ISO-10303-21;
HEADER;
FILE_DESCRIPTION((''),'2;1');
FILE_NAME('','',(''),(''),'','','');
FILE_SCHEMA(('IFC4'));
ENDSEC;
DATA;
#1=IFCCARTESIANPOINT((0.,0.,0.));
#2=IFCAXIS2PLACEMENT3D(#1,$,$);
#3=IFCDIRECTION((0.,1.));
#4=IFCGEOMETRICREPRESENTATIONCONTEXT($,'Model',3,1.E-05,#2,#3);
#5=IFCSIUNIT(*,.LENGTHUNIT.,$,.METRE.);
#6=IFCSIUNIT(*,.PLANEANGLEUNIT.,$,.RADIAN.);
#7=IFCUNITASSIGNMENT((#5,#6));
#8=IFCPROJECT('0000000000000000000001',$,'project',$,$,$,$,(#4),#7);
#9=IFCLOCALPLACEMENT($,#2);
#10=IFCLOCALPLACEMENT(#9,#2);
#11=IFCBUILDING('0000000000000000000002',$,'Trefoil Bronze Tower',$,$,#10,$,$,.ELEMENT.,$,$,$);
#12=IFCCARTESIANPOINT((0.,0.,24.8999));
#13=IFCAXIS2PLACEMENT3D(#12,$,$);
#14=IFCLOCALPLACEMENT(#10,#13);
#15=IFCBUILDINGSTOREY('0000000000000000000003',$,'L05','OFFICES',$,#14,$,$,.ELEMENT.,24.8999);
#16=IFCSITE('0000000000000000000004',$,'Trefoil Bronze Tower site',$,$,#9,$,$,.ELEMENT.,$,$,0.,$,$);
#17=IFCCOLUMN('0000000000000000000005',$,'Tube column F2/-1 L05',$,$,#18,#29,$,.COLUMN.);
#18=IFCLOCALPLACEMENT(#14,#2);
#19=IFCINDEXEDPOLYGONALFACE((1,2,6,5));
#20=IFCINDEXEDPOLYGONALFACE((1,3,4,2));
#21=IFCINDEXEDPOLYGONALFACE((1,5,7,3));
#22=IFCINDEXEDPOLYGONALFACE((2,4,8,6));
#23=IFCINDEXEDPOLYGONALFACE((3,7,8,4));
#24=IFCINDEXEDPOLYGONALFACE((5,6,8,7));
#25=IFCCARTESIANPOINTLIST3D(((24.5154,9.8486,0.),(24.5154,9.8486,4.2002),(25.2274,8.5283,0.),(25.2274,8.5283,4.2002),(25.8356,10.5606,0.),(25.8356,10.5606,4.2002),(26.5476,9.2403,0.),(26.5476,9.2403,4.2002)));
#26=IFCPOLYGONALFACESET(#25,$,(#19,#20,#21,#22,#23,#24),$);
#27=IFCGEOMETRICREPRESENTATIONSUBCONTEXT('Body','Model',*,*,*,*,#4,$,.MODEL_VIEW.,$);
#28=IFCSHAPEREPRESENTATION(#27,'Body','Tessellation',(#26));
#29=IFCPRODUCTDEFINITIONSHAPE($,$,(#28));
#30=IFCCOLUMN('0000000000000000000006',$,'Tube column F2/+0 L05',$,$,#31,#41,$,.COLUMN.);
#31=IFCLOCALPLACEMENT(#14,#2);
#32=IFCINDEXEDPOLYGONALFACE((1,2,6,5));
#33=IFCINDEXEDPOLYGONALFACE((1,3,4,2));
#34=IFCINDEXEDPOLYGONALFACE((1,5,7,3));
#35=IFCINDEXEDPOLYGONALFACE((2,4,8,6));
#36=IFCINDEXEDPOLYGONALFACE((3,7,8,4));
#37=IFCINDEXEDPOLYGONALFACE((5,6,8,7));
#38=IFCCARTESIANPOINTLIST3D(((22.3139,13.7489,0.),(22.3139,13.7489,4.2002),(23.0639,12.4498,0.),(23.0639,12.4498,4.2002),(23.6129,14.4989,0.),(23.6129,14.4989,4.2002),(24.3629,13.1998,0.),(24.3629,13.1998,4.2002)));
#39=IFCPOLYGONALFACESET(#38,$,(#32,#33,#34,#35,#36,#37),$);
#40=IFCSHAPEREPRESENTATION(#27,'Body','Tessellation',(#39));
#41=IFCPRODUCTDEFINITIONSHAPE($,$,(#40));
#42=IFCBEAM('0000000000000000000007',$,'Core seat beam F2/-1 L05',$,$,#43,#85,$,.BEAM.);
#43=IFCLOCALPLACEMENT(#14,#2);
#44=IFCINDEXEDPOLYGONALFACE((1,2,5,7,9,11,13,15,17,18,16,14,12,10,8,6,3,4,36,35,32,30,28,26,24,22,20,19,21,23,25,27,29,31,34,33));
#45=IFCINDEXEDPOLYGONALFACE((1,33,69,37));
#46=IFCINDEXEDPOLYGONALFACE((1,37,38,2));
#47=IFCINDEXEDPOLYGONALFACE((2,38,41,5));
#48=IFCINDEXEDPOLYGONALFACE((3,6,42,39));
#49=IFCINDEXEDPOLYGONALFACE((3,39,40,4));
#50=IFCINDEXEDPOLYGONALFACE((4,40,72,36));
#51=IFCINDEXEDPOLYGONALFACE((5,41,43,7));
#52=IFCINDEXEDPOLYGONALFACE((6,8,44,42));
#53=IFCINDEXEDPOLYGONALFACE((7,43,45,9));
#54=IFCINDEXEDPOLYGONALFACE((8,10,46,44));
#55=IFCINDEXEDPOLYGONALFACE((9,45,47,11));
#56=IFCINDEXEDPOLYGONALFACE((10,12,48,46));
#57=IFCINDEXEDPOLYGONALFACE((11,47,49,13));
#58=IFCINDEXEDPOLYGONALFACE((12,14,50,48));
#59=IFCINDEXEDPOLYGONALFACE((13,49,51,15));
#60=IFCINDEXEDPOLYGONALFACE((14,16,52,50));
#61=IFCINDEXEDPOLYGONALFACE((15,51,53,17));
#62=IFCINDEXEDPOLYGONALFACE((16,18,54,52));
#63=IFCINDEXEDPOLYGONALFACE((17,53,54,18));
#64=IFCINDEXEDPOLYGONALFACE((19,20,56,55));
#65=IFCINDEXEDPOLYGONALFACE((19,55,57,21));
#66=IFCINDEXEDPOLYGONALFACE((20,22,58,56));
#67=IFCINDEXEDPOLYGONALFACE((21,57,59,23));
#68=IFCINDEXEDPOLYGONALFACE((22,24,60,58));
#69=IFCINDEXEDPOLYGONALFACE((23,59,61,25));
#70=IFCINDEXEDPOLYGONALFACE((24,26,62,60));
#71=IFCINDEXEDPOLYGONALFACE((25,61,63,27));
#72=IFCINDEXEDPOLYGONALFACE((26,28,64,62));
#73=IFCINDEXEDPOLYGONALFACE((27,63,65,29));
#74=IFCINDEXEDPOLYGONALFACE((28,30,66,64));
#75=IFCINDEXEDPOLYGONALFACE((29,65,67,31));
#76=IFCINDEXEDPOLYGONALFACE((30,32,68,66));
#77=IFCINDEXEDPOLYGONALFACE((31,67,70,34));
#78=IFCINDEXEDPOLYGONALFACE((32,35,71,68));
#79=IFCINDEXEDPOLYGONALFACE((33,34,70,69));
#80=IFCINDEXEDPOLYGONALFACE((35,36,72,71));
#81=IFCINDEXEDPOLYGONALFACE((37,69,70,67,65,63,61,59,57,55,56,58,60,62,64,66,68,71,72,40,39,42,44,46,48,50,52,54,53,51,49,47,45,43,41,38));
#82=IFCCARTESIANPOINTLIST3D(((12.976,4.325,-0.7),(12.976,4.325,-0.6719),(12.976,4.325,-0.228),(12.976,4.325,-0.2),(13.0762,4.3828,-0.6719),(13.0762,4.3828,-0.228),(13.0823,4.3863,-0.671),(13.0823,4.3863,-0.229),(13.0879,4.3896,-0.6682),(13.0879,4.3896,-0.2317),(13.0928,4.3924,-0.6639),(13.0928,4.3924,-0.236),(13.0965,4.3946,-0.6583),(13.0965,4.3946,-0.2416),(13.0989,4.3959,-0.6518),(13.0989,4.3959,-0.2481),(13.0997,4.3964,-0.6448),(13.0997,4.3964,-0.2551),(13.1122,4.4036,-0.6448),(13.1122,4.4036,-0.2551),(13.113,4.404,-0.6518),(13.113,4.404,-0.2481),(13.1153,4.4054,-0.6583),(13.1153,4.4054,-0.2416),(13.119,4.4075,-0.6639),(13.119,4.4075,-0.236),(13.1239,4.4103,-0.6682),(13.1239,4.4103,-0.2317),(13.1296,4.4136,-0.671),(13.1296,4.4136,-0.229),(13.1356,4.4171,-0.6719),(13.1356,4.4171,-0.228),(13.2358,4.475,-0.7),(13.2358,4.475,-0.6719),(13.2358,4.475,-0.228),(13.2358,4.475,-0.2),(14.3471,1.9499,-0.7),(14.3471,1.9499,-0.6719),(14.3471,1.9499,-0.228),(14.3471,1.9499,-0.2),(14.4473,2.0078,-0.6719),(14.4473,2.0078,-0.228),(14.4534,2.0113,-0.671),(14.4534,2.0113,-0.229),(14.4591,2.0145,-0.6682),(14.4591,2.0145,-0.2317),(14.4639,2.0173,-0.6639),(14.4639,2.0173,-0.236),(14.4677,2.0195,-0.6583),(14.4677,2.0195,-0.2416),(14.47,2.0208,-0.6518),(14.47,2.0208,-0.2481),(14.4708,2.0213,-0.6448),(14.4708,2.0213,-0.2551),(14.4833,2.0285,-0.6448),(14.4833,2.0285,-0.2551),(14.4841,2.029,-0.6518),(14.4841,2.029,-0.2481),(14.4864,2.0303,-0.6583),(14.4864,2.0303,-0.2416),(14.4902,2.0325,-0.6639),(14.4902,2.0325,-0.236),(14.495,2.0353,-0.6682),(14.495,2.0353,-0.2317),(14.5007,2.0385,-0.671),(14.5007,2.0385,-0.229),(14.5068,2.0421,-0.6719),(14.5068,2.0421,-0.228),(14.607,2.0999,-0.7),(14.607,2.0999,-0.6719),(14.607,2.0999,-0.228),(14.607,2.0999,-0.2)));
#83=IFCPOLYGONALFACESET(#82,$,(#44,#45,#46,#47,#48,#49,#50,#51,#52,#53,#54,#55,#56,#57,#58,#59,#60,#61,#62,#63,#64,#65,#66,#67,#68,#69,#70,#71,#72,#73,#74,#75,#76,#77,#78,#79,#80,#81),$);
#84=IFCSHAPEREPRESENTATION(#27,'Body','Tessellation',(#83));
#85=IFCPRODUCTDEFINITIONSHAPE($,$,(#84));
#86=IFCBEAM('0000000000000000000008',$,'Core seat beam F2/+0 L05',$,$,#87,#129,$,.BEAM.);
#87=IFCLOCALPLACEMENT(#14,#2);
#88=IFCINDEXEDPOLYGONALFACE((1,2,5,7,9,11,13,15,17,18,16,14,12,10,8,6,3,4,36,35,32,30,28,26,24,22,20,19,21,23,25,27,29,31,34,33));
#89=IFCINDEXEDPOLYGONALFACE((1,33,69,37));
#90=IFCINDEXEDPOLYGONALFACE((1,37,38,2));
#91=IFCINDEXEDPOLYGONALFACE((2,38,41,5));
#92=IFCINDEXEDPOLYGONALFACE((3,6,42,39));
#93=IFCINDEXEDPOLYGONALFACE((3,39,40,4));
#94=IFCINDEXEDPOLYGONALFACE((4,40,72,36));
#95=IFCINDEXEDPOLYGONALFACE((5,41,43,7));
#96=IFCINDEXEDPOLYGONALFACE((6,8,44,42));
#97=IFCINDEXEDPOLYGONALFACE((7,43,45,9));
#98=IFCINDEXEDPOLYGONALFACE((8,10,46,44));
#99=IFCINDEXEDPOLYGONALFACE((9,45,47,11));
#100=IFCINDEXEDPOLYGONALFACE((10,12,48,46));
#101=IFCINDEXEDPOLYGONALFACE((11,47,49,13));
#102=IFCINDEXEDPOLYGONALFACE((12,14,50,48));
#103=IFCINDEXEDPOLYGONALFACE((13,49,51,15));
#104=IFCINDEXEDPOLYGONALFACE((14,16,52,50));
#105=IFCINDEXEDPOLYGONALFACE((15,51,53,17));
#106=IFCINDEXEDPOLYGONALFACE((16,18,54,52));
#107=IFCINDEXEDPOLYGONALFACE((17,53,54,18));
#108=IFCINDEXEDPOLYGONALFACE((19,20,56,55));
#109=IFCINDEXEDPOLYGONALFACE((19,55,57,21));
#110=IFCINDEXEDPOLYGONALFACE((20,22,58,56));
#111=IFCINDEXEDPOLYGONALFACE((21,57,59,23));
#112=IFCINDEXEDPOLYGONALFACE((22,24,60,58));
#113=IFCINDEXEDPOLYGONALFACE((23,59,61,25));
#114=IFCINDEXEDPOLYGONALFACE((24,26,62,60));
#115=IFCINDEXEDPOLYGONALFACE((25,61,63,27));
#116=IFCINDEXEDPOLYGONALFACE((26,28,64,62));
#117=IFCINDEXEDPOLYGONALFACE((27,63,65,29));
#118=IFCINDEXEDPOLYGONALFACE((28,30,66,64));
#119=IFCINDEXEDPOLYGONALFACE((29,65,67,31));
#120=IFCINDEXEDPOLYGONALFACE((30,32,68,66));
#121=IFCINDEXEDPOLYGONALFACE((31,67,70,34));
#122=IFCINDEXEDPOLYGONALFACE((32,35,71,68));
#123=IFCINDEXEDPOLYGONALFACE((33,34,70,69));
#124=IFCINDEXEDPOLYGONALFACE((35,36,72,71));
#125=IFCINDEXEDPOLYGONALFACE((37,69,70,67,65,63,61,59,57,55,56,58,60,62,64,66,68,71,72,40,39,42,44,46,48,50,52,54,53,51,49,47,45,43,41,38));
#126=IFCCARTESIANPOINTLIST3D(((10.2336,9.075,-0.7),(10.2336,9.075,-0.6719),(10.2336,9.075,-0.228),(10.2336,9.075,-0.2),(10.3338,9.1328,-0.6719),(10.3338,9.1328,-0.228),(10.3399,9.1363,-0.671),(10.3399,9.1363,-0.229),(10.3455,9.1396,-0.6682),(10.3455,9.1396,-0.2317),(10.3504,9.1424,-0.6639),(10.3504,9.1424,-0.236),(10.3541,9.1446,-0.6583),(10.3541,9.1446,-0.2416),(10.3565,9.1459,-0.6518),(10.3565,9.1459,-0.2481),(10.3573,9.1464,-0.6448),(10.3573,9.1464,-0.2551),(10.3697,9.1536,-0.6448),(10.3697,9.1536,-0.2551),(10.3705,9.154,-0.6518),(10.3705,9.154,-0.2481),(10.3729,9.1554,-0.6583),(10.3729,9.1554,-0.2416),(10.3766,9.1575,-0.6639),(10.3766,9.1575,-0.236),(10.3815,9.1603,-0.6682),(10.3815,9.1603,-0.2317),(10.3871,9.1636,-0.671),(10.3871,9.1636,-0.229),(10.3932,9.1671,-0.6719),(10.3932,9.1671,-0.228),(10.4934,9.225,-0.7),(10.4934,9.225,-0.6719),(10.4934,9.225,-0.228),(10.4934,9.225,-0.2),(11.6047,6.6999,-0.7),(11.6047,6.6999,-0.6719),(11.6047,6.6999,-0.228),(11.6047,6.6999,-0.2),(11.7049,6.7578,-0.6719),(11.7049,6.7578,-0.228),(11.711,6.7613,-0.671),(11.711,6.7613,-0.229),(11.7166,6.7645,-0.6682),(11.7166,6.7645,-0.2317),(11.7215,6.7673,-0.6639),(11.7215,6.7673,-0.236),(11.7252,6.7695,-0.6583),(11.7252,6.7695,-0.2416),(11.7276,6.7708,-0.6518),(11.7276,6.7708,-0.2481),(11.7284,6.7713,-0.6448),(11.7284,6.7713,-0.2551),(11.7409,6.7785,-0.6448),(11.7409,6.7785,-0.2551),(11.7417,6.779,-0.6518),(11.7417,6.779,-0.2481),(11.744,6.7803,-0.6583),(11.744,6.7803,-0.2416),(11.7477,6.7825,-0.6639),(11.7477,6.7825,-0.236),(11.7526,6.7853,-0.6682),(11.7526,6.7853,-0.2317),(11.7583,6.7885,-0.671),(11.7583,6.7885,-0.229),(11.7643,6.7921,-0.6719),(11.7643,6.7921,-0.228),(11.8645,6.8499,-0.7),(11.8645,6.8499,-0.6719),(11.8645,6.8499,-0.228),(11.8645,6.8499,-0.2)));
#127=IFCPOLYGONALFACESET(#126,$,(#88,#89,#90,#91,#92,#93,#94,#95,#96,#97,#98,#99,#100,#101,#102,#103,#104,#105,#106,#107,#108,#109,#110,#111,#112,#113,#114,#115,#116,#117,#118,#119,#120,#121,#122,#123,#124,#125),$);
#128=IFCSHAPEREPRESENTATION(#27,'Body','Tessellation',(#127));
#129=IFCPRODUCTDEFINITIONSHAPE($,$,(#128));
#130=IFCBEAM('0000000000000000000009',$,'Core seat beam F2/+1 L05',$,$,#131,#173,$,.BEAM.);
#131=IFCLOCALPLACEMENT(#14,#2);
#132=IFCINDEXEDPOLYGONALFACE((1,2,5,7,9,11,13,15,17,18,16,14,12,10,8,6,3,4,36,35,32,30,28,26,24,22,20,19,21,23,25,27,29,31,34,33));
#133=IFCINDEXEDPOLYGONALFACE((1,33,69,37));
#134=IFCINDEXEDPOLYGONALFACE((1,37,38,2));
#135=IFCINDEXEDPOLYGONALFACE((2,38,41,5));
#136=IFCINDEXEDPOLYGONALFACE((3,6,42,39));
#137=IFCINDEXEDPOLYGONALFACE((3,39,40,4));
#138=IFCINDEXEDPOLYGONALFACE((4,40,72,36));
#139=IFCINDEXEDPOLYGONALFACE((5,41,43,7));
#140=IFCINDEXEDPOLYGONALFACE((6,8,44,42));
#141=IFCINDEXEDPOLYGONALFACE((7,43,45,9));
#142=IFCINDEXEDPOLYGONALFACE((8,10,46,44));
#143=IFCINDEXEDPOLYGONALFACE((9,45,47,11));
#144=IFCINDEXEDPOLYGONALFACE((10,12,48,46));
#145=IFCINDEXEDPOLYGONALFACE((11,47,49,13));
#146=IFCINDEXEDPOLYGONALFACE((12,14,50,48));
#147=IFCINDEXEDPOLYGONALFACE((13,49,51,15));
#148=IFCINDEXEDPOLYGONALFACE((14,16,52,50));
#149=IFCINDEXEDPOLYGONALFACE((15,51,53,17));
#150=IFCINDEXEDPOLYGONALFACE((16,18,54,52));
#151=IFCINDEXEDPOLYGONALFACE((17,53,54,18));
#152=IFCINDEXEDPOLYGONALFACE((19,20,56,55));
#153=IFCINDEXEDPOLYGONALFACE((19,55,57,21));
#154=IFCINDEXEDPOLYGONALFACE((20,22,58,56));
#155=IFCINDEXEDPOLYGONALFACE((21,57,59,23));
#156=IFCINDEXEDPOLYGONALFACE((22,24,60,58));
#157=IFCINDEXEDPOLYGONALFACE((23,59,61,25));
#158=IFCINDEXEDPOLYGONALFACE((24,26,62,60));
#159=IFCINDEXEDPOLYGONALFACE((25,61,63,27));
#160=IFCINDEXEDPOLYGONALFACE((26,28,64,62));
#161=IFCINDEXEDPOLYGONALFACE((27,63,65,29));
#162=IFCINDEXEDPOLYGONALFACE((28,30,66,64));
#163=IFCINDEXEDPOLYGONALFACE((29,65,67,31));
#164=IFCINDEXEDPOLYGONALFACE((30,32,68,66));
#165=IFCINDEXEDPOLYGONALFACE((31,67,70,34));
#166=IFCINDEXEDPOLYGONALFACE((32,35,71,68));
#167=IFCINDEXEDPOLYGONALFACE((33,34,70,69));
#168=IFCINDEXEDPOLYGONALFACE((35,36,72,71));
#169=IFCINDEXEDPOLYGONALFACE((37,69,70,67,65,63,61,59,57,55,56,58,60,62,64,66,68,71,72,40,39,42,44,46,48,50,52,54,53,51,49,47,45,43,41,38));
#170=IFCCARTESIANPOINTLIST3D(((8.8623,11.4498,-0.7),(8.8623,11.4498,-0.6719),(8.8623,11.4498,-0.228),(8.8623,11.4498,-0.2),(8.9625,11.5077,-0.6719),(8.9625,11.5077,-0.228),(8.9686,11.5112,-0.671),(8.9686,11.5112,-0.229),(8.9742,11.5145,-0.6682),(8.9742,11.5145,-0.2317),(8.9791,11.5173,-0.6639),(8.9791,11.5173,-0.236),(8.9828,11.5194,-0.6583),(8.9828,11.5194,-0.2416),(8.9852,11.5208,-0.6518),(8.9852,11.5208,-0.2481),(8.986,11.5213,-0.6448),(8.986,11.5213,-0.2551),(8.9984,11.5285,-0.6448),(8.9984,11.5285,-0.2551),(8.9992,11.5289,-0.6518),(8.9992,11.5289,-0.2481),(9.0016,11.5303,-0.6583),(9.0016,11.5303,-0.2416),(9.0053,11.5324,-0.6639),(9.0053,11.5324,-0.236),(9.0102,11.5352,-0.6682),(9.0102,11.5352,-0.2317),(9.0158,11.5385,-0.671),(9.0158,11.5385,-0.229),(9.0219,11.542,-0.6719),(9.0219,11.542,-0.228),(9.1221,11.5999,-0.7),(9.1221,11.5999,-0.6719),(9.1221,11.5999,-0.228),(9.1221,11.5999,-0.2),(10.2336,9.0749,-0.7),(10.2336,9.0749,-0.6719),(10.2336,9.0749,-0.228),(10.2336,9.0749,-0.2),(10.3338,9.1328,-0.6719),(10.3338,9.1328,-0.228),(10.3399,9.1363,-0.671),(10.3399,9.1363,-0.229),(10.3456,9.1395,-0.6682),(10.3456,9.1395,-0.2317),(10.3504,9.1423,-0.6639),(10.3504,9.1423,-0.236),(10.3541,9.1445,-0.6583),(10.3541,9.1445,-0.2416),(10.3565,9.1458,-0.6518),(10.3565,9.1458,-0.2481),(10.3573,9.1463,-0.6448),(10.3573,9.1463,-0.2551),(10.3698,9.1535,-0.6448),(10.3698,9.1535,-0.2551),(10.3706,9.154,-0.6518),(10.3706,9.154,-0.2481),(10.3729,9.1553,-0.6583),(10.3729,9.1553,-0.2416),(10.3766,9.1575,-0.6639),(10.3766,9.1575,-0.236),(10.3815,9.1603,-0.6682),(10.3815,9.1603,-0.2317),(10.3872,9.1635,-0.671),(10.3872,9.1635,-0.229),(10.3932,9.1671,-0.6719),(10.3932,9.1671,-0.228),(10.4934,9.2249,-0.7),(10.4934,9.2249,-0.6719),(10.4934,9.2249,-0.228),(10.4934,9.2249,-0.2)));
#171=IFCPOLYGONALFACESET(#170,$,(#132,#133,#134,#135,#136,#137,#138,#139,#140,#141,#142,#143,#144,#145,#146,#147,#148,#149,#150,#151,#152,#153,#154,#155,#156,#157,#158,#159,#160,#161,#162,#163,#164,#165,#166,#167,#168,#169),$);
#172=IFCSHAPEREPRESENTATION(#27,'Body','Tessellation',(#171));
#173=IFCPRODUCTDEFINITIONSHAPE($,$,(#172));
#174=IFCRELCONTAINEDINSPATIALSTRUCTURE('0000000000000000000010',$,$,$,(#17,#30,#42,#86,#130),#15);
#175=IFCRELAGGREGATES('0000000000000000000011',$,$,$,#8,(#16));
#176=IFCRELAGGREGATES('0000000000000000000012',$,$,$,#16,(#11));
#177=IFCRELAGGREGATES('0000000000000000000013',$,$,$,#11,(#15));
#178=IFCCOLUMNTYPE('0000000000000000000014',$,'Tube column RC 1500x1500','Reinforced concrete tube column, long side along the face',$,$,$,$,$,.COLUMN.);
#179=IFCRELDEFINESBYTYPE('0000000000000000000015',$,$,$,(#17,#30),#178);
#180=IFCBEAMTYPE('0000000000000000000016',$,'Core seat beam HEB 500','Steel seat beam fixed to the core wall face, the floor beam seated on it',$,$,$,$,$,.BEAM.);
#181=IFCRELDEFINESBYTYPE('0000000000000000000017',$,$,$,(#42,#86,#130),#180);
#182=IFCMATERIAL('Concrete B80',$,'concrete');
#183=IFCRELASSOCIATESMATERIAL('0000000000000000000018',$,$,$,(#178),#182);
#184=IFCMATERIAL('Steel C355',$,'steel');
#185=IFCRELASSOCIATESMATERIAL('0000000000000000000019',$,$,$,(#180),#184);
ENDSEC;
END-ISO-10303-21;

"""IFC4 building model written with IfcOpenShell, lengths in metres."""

from ifc_helpers import new_model, si_unit, direction, frame, origin, origin_2d, place, context, subcontext, project, spatial, rectangle, i_section, extrude, material, material_profile, profile_set, type_object, element, save


model = new_model("IFC4")

# Units and contexts
model_context = context("Model", 3, precision=1e-05, world=origin(), true_north=direction((0.0, 1.0)))
body_context = subcontext(model_context, "Body", "Model", "MODEL_VIEW")
ifc_project = project(units=[si_unit("LENGTHUNIT", "METRE"), si_unit("PLANEANGLEUNIT", "RADIAN")], contexts=[model_context])

# Site, building, storey
site_placement = place(None, origin())
site = spatial("IfcSite", under=ifc_project, at=site_placement, Name="Trefoil Bronze Tower site", CompositionType="ELEMENT", RefElevation=0.0)
building_placement = place(site_placement, origin())
building = spatial("IfcBuilding", under=site, at=building_placement, Name="Trefoil Bronze Tower", CompositionType="ELEMENT")
storey_placement = place(building_placement, frame((0.0, 0.0, 24.8999)))
storey = spatial("IfcBuildingStorey", under=building, at=storey_placement, Name="L05", Description="OFFICES", CompositionType="ELEMENT", Elevation=24.8999)

# Columns
ifc_material_1 = material(Name="Concrete B80", Category="concrete")
ifc_material_profile_1 = material_profile(ifc_material_1, rectangle(XDim=1.5, YDim=1.5, at=origin_2d()), Name="RC 1500x1500")
ifc_profile_set_1 = profile_set([ifc_material_profile_1], Name="Concrete B80")
column_type = type_object("IfcColumnType", Name="Tube column RC 1500x1500", Description="Reinforced concrete tube column, long side along the face", PredefinedType="COLUMN", material=ifc_profile_set_1)
for number, where, z_axis, x_axis, name in (
    (1, (25.5315, 9.5444, 0.0), (0.0, 0.0, 1.0), (-0.474656, 0.880171, 0.0), "Tube column F2/-1 L05"),
    (2, (23.3384, 13.4744, 0.0), (0.0, 0.0, 1.0), (-0.5, 0.866025, 0.0), "Tube column F2/+0 L05"),
):
    element("IfcColumn", number, at=place(storey_placement, frame(where, z_axis=z_axis, x_axis=x_axis)), inside=storey, type_object=column_type, Name=name, PredefinedType="COLUMN", context=body_context, shape_type="SweptSolid", body=[
        extrude(rectangle(XDim=1.5, YDim=1.5, at=origin_2d()), origin(), (0.0, 0.0, 1.0), 4.2002),
    ])

# Beams
ifc_material_2 = material(Name="Steel C355", Category="steel")
ifc_material_profile_2 = material_profile(ifc_material_2, i_section(OverallWidth=0.3, OverallDepth=0.5, WebThickness=0.0144, FlangeThickness=0.0281, FilletRadius=0.0271, at=origin_2d()), Name="HEB 500")
ifc_profile_set_2 = profile_set([ifc_material_profile_2], Name="Steel C355")
beam_type_1 = type_object("IfcBeamType", Name="Core seat beam HEB 500", Description="Steel seat beam fixed to the core wall face, the floor beam seated on it", PredefinedType="BEAM", material=ifc_profile_set_2)
for number, where, z_axis, x_axis, name in (
    (3, (14.4771, 2.0249, -0.45), (-0.499969, 0.866043, 0.0), (-0.866043, -0.499969, 0.0), "Core seat beam F2/-1 L05"),
    (4, (11.7346, 6.7749, -0.45), (-0.499969, 0.866043, 0.0), (-0.866043, -0.499969, 0.0), "Core seat beam F2/+0 L05"),
    (5, (10.3635, 9.1499, -0.45), (-0.500036, 0.866005, 0.0), (-0.866005, -0.500036, 0.0), "Core seat beam F2/+1 L05"),
):
    element("IfcBeam", number, at=place(storey_placement, frame(where, z_axis=z_axis, x_axis=x_axis)), inside=storey, type_object=beam_type_1, Name=name, PredefinedType="BEAM", context=body_context, shape_type="SweptSolid", body=[
        extrude(i_section(OverallWidth=0.3, OverallDepth=0.5, WebThickness=0.0144, FlangeThickness=0.0281, FilletRadius=0.0271, at=origin_2d()), origin(), (0.0, 0.0, 1.0), 2.7424),
    ])

save(model, "model.ifc")
